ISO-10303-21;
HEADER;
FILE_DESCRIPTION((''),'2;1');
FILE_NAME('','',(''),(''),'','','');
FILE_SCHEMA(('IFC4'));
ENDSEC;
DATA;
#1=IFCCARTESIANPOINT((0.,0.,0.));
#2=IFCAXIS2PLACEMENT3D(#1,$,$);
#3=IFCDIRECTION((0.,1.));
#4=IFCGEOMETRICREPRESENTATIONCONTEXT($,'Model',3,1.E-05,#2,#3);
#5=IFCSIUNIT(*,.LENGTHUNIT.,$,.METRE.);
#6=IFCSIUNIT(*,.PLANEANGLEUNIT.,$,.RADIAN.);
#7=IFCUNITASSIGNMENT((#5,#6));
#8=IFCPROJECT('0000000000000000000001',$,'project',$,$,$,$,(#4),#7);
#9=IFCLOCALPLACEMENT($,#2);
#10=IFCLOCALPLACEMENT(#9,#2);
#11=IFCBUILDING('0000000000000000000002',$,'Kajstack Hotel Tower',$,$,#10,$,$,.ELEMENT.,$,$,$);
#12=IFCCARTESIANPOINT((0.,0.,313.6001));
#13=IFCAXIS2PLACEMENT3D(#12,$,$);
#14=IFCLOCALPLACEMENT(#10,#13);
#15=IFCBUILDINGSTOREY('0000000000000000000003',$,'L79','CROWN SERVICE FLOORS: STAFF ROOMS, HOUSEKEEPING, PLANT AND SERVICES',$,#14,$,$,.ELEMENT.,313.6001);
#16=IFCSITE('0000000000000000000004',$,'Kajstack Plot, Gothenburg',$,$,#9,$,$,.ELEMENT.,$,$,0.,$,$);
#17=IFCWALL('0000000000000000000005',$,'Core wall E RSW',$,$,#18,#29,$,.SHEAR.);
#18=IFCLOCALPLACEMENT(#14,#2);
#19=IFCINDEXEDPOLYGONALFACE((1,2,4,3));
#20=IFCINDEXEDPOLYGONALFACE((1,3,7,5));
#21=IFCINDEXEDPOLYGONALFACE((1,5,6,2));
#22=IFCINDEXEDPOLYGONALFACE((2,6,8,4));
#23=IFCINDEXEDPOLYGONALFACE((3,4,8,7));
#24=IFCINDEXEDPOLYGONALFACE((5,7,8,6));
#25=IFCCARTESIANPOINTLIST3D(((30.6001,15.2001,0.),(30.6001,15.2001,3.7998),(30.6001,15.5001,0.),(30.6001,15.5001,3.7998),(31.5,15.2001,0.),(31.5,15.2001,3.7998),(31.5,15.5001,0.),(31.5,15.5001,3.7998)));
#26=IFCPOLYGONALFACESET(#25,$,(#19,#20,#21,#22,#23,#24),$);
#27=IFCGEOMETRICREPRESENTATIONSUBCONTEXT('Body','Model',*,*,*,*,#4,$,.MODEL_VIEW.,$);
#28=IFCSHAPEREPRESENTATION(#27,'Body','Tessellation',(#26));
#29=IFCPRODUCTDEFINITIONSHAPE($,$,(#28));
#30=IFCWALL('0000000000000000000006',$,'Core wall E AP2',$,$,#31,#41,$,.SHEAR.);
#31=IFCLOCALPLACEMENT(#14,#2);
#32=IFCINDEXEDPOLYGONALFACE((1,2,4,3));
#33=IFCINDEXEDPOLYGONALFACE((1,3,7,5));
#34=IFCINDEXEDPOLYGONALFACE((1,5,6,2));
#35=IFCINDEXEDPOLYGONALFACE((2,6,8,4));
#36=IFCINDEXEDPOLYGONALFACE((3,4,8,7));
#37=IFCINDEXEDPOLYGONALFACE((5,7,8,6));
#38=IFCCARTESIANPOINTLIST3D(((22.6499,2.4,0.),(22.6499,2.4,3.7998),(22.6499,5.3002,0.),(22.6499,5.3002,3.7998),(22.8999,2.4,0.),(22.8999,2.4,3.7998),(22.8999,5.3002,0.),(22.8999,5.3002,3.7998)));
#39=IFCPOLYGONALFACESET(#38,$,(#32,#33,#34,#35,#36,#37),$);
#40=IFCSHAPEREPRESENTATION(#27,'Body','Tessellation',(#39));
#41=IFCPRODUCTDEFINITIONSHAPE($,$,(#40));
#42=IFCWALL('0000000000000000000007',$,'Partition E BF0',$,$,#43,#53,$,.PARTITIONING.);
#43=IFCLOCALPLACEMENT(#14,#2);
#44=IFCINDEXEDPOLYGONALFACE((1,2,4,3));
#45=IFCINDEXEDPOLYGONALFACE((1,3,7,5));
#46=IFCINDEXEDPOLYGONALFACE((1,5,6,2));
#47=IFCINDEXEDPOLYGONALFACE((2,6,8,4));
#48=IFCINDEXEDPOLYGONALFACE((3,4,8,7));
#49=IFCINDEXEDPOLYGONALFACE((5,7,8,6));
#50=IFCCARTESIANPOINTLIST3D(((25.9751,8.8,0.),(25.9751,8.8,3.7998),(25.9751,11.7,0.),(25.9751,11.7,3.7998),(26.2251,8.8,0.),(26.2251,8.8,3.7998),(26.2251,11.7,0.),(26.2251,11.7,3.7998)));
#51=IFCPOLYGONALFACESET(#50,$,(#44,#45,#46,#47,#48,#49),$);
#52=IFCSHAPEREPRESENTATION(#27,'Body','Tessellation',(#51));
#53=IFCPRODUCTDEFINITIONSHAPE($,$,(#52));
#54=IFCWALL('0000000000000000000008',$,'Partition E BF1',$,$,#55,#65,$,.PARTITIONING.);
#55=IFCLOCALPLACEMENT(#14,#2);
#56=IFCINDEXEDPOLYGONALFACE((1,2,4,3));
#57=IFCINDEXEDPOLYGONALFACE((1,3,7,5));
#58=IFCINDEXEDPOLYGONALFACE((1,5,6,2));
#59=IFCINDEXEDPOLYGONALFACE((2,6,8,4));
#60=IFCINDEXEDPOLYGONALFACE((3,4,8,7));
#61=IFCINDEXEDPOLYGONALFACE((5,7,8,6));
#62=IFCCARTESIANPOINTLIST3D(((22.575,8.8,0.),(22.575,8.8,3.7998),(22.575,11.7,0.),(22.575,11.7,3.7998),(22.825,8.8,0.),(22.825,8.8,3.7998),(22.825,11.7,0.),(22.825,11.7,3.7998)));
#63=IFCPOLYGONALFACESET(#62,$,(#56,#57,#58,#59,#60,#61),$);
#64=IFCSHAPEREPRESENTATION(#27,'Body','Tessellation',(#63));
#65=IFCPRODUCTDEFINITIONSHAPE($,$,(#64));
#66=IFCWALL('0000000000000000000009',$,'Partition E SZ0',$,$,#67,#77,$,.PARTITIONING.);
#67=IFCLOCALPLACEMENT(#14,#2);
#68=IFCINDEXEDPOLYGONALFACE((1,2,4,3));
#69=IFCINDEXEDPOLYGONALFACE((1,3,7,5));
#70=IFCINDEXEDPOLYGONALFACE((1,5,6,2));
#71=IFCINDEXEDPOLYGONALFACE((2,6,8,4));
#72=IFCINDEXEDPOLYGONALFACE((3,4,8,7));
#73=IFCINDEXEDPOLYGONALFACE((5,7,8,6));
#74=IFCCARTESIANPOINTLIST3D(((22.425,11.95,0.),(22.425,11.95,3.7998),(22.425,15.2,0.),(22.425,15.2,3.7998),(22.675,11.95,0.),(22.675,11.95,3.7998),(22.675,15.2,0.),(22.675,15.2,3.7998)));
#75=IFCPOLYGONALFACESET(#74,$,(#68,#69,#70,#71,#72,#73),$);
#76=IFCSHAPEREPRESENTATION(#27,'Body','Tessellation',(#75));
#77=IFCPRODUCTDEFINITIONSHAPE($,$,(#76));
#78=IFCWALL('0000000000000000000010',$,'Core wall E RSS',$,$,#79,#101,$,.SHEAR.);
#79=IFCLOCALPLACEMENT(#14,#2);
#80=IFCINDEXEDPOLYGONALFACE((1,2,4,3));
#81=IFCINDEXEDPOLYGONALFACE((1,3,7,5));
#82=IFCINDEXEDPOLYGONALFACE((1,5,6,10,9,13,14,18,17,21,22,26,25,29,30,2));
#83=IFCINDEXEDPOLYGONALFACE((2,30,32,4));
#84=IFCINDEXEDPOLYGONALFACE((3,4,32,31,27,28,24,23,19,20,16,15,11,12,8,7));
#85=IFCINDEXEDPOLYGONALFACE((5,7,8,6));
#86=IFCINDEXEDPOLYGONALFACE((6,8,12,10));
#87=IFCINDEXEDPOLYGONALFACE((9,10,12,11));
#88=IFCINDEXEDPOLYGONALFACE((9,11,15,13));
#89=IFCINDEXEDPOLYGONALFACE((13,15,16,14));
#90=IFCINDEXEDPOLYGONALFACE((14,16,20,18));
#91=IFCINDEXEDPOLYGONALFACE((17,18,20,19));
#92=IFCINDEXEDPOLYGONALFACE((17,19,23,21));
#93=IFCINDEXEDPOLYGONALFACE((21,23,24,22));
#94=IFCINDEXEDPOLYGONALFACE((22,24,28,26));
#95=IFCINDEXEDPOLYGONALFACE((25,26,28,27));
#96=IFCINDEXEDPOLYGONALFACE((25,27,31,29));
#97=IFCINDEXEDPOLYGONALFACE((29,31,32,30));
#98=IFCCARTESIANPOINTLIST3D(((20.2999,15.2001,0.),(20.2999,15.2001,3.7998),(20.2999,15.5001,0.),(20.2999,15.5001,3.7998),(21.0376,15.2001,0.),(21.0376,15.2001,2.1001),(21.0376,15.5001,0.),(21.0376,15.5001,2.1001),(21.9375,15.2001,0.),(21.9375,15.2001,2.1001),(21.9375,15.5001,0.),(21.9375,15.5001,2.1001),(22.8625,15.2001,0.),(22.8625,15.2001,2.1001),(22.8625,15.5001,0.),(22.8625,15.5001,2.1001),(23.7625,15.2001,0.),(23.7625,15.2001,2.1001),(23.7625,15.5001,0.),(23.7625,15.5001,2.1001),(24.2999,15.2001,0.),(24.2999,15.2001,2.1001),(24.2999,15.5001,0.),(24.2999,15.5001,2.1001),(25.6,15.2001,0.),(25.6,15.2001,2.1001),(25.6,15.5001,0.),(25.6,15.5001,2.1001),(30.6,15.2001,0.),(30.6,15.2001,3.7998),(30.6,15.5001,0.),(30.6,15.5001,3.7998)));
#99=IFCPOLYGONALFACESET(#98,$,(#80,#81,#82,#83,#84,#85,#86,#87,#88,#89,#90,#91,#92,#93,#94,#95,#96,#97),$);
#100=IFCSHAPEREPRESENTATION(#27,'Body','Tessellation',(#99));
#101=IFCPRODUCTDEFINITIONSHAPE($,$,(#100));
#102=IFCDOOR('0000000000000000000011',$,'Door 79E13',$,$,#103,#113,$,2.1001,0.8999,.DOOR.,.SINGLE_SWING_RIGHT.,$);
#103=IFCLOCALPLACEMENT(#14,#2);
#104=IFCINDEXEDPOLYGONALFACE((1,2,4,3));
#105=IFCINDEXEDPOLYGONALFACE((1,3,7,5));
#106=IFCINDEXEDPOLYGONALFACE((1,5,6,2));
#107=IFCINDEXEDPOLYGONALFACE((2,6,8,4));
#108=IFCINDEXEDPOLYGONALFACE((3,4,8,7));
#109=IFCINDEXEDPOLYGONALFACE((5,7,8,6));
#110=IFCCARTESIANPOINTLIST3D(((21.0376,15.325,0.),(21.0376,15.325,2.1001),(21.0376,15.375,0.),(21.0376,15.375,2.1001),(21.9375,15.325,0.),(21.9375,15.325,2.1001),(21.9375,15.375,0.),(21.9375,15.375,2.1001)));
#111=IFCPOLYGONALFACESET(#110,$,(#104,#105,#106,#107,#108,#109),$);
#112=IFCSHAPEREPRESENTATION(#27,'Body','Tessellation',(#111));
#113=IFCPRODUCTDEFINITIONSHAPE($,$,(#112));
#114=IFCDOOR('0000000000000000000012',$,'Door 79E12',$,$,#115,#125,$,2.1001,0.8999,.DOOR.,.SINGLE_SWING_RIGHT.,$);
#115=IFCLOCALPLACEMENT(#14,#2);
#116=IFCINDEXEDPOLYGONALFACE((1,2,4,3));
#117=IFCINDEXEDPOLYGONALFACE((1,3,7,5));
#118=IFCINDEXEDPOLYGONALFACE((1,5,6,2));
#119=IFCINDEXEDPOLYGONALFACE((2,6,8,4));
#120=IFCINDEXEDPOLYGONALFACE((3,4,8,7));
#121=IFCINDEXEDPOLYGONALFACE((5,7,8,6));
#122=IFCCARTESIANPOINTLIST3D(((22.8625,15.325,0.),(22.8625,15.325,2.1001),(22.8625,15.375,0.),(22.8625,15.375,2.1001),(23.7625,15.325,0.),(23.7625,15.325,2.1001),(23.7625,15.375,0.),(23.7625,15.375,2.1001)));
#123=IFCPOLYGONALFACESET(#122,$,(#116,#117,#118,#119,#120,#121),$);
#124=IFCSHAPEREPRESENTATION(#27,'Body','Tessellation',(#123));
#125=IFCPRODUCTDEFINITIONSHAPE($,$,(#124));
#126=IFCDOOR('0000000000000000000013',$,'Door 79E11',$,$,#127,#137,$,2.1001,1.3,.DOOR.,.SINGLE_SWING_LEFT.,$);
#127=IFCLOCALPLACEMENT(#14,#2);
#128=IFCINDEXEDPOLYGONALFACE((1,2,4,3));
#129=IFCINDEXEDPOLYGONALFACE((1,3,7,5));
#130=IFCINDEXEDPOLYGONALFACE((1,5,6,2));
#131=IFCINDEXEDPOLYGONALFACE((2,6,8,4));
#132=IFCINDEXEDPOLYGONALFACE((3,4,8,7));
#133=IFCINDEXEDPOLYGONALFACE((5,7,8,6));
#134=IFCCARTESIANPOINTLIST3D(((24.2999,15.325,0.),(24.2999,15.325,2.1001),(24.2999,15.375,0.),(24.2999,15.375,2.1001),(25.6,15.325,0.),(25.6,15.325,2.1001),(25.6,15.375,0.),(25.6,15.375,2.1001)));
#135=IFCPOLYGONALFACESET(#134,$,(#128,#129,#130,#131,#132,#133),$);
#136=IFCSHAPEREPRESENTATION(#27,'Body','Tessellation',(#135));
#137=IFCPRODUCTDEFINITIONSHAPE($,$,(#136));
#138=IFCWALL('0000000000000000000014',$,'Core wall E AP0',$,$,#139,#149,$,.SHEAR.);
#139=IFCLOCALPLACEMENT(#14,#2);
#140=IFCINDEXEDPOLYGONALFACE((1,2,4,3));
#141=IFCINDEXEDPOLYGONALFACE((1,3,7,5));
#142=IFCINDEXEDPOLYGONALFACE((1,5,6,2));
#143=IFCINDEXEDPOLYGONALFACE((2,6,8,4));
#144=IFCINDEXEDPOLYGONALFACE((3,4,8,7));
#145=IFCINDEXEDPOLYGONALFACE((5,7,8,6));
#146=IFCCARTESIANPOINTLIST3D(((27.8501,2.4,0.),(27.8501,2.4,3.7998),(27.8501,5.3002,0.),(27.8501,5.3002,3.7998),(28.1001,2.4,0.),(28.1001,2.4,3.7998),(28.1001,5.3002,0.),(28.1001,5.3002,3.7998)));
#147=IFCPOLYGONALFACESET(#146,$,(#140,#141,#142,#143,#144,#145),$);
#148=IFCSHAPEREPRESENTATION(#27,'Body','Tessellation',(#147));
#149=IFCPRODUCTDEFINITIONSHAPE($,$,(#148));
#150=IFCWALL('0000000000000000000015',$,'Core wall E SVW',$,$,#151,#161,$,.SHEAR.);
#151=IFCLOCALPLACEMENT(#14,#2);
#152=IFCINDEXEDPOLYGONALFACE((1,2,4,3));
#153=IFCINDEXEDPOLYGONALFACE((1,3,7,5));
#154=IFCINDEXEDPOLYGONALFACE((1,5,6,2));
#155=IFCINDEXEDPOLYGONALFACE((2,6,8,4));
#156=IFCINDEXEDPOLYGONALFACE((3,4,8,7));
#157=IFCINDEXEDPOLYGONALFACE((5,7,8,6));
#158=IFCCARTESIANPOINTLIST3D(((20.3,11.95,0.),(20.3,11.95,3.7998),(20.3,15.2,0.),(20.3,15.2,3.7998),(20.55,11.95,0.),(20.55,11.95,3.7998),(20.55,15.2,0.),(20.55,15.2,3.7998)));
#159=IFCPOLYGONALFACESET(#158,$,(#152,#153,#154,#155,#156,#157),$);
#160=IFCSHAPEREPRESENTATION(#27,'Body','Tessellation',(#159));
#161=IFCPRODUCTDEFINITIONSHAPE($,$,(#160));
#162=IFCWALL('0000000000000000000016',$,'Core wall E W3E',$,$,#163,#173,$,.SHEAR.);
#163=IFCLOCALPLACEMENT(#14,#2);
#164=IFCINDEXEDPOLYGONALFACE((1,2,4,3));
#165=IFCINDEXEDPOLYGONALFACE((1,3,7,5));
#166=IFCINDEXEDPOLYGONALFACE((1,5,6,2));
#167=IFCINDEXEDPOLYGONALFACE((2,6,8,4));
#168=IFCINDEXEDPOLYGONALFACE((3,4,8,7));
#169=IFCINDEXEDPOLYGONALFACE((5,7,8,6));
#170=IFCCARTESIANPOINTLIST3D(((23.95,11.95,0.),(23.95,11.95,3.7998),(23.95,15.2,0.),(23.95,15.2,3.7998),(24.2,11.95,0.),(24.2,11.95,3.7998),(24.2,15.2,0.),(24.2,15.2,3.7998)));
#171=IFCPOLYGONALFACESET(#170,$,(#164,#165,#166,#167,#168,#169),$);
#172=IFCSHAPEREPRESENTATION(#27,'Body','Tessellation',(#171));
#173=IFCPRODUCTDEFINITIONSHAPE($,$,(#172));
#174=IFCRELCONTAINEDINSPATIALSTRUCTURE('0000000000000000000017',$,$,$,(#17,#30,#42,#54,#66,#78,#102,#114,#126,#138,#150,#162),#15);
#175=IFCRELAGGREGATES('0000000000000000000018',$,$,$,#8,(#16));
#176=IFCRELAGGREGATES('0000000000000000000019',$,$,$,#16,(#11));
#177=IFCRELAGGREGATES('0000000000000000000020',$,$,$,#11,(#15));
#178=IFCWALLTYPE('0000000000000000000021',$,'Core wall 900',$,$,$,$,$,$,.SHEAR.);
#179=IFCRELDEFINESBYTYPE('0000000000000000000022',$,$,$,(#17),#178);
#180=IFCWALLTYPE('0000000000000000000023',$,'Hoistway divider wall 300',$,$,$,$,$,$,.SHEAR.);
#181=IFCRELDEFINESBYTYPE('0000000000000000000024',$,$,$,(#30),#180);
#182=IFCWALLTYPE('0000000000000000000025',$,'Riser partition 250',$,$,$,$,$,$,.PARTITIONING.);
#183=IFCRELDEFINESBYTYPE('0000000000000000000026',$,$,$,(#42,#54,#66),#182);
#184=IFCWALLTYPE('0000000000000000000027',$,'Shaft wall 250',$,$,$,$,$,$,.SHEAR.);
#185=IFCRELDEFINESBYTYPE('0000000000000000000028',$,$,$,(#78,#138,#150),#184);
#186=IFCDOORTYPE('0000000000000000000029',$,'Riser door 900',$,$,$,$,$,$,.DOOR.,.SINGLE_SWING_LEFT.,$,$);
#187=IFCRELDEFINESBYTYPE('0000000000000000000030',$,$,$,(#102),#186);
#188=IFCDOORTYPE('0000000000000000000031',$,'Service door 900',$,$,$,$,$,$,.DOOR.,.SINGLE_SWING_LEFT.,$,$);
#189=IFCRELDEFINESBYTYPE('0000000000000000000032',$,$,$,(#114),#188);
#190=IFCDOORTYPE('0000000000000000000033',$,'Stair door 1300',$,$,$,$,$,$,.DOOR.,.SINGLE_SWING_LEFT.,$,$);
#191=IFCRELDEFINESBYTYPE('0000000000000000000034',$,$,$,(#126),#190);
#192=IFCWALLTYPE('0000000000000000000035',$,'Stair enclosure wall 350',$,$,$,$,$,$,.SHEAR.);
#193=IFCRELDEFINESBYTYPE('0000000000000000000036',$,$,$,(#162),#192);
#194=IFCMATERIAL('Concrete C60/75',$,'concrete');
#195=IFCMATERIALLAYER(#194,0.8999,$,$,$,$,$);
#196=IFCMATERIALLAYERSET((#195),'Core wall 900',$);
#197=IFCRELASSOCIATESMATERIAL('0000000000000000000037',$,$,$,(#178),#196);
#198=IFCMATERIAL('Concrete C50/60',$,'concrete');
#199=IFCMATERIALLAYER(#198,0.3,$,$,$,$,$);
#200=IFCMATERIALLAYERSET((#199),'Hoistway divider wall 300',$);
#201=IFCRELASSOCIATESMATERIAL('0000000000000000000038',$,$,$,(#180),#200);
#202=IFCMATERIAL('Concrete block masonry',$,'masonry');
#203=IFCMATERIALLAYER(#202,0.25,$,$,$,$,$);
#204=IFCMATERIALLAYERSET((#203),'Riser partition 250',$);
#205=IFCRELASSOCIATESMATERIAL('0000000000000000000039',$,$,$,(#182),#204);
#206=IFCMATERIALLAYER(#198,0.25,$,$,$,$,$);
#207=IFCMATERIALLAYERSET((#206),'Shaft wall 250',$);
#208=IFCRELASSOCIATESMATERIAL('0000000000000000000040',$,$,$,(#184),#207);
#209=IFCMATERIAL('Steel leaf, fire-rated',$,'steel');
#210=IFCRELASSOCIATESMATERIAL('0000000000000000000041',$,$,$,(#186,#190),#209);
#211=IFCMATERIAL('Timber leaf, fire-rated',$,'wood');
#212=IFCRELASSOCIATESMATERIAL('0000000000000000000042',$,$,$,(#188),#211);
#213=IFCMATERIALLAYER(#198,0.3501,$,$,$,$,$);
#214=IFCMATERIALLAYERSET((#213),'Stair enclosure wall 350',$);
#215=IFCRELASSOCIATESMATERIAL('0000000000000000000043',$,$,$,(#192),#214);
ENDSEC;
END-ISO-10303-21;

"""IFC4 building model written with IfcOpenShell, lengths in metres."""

from ifc_helpers import new_model, si_unit, direction, frame, frame_2d, origin, place, context, subcontext, project, spatial, rectangle, extrude, material, layer, layer_set, type_object, element, fill, save


model = new_model("IFC4")

# Units and contexts
model_context = context("Model", 3, precision=1e-05, world=origin(), true_north=direction((0.0, 1.0)))
body_context = subcontext(model_context, "Body", "Model", "MODEL_VIEW")
ifc_project = project(units=[si_unit("LENGTHUNIT", "METRE"), si_unit("PLANEANGLEUNIT", "RADIAN")], contexts=[model_context])

# Site, building, storey
site_placement = place(None, origin())
site = spatial("IfcSite", under=ifc_project, at=site_placement, Name="Kajstack Plot, Gothenburg", CompositionType="ELEMENT", RefElevation=0.0)
building_placement = place(site_placement, origin())
building = spatial("IfcBuilding", under=site, at=building_placement, Name="Kajstack Hotel Tower", CompositionType="ELEMENT")
storey_placement = place(building_placement, frame((0.0, 0.0, 313.6001)))
storey = spatial("IfcBuildingStorey", under=building, at=storey_placement, Name="L79", Description="CROWN SERVICE FLOORS: STAFF ROOMS, HOUSEKEEPING, PLANT AND SERVICES", CompositionType="ELEMENT", Elevation=313.6001)

# Walls
ifc_material_1 = material(Name="Concrete C60/75", Category="concrete")
ifc_layer_1 = layer(ifc_material_1, 0.8999)
ifc_layer_set_1 = layer_set([ifc_layer_1], Name="Core wall 900")
wall_type_1 = type_object("IfcWallType", Name="Core wall 900", PredefinedType="SHEAR", material=ifc_layer_set_1)
wall_1_placement = place(storey_placement, frame((30.6001, 15.3501, 0.0), z_axis=(0.0, 0.0, 1.0), x_axis=(1.0, 0.0, 0.0)))
element("IfcWall", 1, at=wall_1_placement, inside=storey, type_object=wall_type_1, Name="Core wall E RSW", PredefinedType="SHEAR", context=body_context, shape_type="SweptSolid", body=[
    extrude(rectangle(XDim=0.8999, YDim=0.3, at=frame_2d((0.45, 0.0))), origin(), (0.0, 0.0, 1.0), 3.7998),
])
ifc_material_2 = material(Name="Concrete C50/60", Category="concrete")
ifc_layer_2 = layer(ifc_material_2, 0.3)
ifc_layer_set_2 = layer_set([ifc_layer_2], Name="Hoistway divider wall 300")
wall_type_2 = type_object("IfcWallType", Name="Hoistway divider wall 300", PredefinedType="SHEAR", material=ifc_layer_set_2)
wall_2_placement = place(storey_placement, frame((22.7749, 2.3999, 0.0), z_axis=(0.0, 0.0, 1.0), x_axis=(0.0, 1.0, 0.0)))
element("IfcWall", 2, at=wall_2_placement, inside=storey, type_object=wall_type_2, Name="Core wall E AP2", PredefinedType="SHEAR", context=body_context, shape_type="SweptSolid", body=[
    extrude(rectangle(XDim=2.9001, YDim=0.25, at=frame_2d((1.4502, 0.0))), origin(), (0.0, 0.0, 1.0), 3.7998),
])
ifc_material_3 = material(Name="Concrete block masonry", Category="masonry")
ifc_layer_3 = layer(ifc_material_3, 0.25)
ifc_layer_set_3 = layer_set([ifc_layer_3], Name="Riser partition 250")
wall_type_3 = type_object("IfcWallType", Name="Riser partition 250", PredefinedType="PARTITIONING", material=ifc_layer_set_3)
for number, where, z_axis, x_axis, name in (
    (3, (26.1001, 8.8, 0.0), (0.0, 0.0, 1.0), (0.0, 1.0, 0.0), "Partition E BF0"),
    (4, (22.7, 8.8, 0.0), (0.0, 0.0, 1.0), (0.0, 1.0, 0.0), "Partition E BF1"),
):
    element("IfcWall", number, at=place(storey_placement, frame(where, z_axis=z_axis, x_axis=x_axis)), inside=storey, type_object=wall_type_3, Name=name, PredefinedType="PARTITIONING", context=body_context, shape_type="SweptSolid", body=[
        extrude(rectangle(XDim=2.8999, YDim=0.25, at=frame_2d((1.45, 0.0))), origin(), (0.0, 0.0, 1.0), 3.7998),
    ])
wall_3_placement = place(storey_placement, frame((22.55, 11.95, 0.0), z_axis=(0.0, 0.0, 1.0), x_axis=(0.0, 1.0, 0.0)))
element("IfcWall", 5, at=wall_3_placement, inside=storey, type_object=wall_type_3, Name="Partition E SZ0", PredefinedType="PARTITIONING", context=body_context, shape_type="SweptSolid", body=[
    extrude(rectangle(XDim=3.25, YDim=0.25, at=frame_2d((1.625, 0.0))), origin(), (0.0, 0.0, 1.0), 3.7998),
])

# Wall, openings, doors
ifc_layer_4 = layer(ifc_material_2, 0.25)
ifc_layer_set_4 = layer_set([ifc_layer_4], Name="Shaft wall 250")
wall_type_4 = type_object("IfcWallType", Name="Shaft wall 250", PredefinedType="SHEAR", material=ifc_layer_set_4)
wall_4_placement = place(storey_placement, frame((20.3, 15.3501, 0.0), z_axis=(0.0, 0.0, 1.0), x_axis=(1.0, 0.0, 0.0)))
wall_4 = element("IfcWall", 6, at=wall_4_placement, inside=storey, type_object=wall_type_4, Name="Core wall E RSS", PredefinedType="SHEAR", context=body_context, shape_type="SweptSolid", body=[
    extrude(rectangle(XDim=10.3, YDim=0.3, at=frame_2d((5.1499, 0.0))), origin(), (0.0, 0.0, 1.0), 3.7998),
])
opening_1_placement = place(wall_4_placement, frame((4.0, 0.0, 0.0)))
opening_1 = element("IfcOpeningElement", 7, at=opening_1_placement, cuts=wall_4, PredefinedType="OPENING", context=body_context, shape_type="SweptSolid", body=[
    extrude(rectangle(XDim=1.3, YDim=2.1001, at=frame_2d((0.6499, 1.05))), frame((0.0, 0.1599, 0.0), z_axis=(0.0, -1.0, 0.0), x_axis=(1.0, 0.0, 0.0)), (0.0, 0.0, 1.0), 0.3201),
])
opening_2_placement = place(wall_4_placement, frame((2.5625, 0.0, 0.0)))
opening_2 = element("IfcOpeningElement", 8, at=opening_2_placement, cuts=wall_4, PredefinedType="OPENING", context=body_context, shape_type="SweptSolid", body=[
    extrude(rectangle(XDim=0.8999, YDim=2.1001, at=frame_2d((0.45, 1.05))), frame((0.0, 0.1599, 0.0), z_axis=(0.0, -1.0, 0.0), x_axis=(1.0, 0.0, 0.0)), (0.0, 0.0, 1.0), 0.3201),
])
opening_3_placement = place(wall_4_placement, frame((0.7375, 0.0, 0.0)))
opening_3 = element("IfcOpeningElement", 9, at=opening_3_placement, cuts=wall_4, PredefinedType="OPENING", context=body_context, shape_type="SweptSolid", body=[
    extrude(rectangle(XDim=0.8999, YDim=2.1001, at=frame_2d((0.45, 1.05))), frame((0.0, 0.1599, 0.0), z_axis=(0.0, -1.0, 0.0), x_axis=(1.0, 0.0, 0.0)), (0.0, 0.0, 1.0), 0.3201),
])
ifc_material_4 = material(Name="Steel leaf, fire-rated", Category="steel")
door_type_1 = type_object("IfcDoorType", Name="Riser door 900", OperationType="SINGLE_SWING_LEFT", PredefinedType="DOOR", material=ifc_material_4)
door_1_placement = place(opening_3_placement, origin())
door_1 = element("IfcDoor", 10, at=door_1_placement, inside=storey, type_object=door_type_1, Name="Door 79E13", OperationType="SINGLE_SWING_RIGHT", OverallHeight=2.1001, OverallWidth=0.8999, PredefinedType="DOOR", context=body_context, shape_type="SweptSolid", body=[
    extrude(rectangle(XDim=0.8999, YDim=2.1001, at=frame_2d((0.45, 1.05))), frame((0.0, 0.0249, 0.0), z_axis=(0.0, -1.0, 0.0), x_axis=(1.0, 0.0, 0.0)), (0.0, 0.0, 1.0), 0.05),
])
fill(opening_3, door_1)
ifc_material_5 = material(Name="Timber leaf, fire-rated", Category="wood")
door_type_2 = type_object("IfcDoorType", Name="Service door 900", OperationType="SINGLE_SWING_LEFT", PredefinedType="DOOR", material=ifc_material_5)
door_2_placement = place(opening_2_placement, origin())
door_2 = element("IfcDoor", 11, at=door_2_placement, inside=storey, type_object=door_type_2, Name="Door 79E12", OperationType="SINGLE_SWING_RIGHT", OverallHeight=2.1001, OverallWidth=0.8999, PredefinedType="DOOR", context=body_context, shape_type="SweptSolid", body=[
    extrude(rectangle(XDim=0.8999, YDim=2.1001, at=frame_2d((0.45, 1.05))), frame((0.0, 0.0249, 0.0), z_axis=(0.0, -1.0, 0.0), x_axis=(1.0, 0.0, 0.0)), (0.0, 0.0, 1.0), 0.05),
])
fill(opening_2, door_2)
door_type_3 = type_object("IfcDoorType", Name="Stair door 1300", OperationType="SINGLE_SWING_LEFT", PredefinedType="DOOR", material=ifc_material_4)
door_3_placement = place(opening_1_placement, origin())
door_3 = element("IfcDoor", 12, at=door_3_placement, inside=storey, type_object=door_type_3, Name="Door 79E11", OperationType="SINGLE_SWING_LEFT", OverallHeight=2.1001, OverallWidth=1.3, PredefinedType="DOOR", context=body_context, shape_type="SweptSolid", body=[
    extrude(rectangle(XDim=1.3, YDim=2.1001, at=frame_2d((0.6499, 1.05))), frame((0.0, 0.0249, 0.0), z_axis=(0.0, -1.0, 0.0), x_axis=(1.0, 0.0, 0.0)), (0.0, 0.0, 1.0), 0.05),
])
fill(opening_1, door_3)

# Walls
wall_5_placement = place(storey_placement, frame((27.9751, 2.3999, 0.0), z_axis=(0.0, 0.0, 1.0), x_axis=(0.0, 1.0, 0.0)))
element("IfcWall", 13, at=wall_5_placement, inside=storey, type_object=wall_type_4, Name="Core wall E AP0", PredefinedType="SHEAR", context=body_context, shape_type="SweptSolid", body=[
    extrude(rectangle(XDim=2.9001, YDim=0.25, at=frame_2d((1.4502, 0.0))), origin(), (0.0, 0.0, 1.0), 3.7998),
])
wall_6_placement = place(storey_placement, frame((20.425, 11.95, 0.0), z_axis=(0.0, 0.0, 1.0), x_axis=(0.0, 1.0, 0.0)))
element("IfcWall", 14, at=wall_6_placement, inside=storey, type_object=wall_type_4, Name="Core wall E SVW", PredefinedType="SHEAR", context=body_context, shape_type="SweptSolid", body=[
    extrude(rectangle(XDim=3.25, YDim=0.25, at=frame_2d((1.625, 0.0))), origin(), (0.0, 0.0, 1.0), 3.7998),
])
ifc_layer_5 = layer(ifc_material_2, 0.3501)
ifc_layer_set_5 = layer_set([ifc_layer_5], Name="Stair enclosure wall 350")
wall_type_5 = type_object("IfcWallType", Name="Stair enclosure wall 350", PredefinedType="SHEAR", material=ifc_layer_set_5)
wall_7_placement = place(storey_placement, frame((24.075, 11.95, 0.0), z_axis=(0.0, 0.0, 1.0), x_axis=(0.0, 1.0, 0.0)))
element("IfcWall", 15, at=wall_7_placement, inside=storey, type_object=wall_type_5, Name="Core wall E W3E", PredefinedType="SHEAR", context=body_context, shape_type="SweptSolid", body=[
    extrude(rectangle(XDim=3.25, YDim=0.25, at=frame_2d((1.625, 0.0))), origin(), (0.0, 0.0, 1.0), 3.7998),
])

save(model, "model.ifc")
